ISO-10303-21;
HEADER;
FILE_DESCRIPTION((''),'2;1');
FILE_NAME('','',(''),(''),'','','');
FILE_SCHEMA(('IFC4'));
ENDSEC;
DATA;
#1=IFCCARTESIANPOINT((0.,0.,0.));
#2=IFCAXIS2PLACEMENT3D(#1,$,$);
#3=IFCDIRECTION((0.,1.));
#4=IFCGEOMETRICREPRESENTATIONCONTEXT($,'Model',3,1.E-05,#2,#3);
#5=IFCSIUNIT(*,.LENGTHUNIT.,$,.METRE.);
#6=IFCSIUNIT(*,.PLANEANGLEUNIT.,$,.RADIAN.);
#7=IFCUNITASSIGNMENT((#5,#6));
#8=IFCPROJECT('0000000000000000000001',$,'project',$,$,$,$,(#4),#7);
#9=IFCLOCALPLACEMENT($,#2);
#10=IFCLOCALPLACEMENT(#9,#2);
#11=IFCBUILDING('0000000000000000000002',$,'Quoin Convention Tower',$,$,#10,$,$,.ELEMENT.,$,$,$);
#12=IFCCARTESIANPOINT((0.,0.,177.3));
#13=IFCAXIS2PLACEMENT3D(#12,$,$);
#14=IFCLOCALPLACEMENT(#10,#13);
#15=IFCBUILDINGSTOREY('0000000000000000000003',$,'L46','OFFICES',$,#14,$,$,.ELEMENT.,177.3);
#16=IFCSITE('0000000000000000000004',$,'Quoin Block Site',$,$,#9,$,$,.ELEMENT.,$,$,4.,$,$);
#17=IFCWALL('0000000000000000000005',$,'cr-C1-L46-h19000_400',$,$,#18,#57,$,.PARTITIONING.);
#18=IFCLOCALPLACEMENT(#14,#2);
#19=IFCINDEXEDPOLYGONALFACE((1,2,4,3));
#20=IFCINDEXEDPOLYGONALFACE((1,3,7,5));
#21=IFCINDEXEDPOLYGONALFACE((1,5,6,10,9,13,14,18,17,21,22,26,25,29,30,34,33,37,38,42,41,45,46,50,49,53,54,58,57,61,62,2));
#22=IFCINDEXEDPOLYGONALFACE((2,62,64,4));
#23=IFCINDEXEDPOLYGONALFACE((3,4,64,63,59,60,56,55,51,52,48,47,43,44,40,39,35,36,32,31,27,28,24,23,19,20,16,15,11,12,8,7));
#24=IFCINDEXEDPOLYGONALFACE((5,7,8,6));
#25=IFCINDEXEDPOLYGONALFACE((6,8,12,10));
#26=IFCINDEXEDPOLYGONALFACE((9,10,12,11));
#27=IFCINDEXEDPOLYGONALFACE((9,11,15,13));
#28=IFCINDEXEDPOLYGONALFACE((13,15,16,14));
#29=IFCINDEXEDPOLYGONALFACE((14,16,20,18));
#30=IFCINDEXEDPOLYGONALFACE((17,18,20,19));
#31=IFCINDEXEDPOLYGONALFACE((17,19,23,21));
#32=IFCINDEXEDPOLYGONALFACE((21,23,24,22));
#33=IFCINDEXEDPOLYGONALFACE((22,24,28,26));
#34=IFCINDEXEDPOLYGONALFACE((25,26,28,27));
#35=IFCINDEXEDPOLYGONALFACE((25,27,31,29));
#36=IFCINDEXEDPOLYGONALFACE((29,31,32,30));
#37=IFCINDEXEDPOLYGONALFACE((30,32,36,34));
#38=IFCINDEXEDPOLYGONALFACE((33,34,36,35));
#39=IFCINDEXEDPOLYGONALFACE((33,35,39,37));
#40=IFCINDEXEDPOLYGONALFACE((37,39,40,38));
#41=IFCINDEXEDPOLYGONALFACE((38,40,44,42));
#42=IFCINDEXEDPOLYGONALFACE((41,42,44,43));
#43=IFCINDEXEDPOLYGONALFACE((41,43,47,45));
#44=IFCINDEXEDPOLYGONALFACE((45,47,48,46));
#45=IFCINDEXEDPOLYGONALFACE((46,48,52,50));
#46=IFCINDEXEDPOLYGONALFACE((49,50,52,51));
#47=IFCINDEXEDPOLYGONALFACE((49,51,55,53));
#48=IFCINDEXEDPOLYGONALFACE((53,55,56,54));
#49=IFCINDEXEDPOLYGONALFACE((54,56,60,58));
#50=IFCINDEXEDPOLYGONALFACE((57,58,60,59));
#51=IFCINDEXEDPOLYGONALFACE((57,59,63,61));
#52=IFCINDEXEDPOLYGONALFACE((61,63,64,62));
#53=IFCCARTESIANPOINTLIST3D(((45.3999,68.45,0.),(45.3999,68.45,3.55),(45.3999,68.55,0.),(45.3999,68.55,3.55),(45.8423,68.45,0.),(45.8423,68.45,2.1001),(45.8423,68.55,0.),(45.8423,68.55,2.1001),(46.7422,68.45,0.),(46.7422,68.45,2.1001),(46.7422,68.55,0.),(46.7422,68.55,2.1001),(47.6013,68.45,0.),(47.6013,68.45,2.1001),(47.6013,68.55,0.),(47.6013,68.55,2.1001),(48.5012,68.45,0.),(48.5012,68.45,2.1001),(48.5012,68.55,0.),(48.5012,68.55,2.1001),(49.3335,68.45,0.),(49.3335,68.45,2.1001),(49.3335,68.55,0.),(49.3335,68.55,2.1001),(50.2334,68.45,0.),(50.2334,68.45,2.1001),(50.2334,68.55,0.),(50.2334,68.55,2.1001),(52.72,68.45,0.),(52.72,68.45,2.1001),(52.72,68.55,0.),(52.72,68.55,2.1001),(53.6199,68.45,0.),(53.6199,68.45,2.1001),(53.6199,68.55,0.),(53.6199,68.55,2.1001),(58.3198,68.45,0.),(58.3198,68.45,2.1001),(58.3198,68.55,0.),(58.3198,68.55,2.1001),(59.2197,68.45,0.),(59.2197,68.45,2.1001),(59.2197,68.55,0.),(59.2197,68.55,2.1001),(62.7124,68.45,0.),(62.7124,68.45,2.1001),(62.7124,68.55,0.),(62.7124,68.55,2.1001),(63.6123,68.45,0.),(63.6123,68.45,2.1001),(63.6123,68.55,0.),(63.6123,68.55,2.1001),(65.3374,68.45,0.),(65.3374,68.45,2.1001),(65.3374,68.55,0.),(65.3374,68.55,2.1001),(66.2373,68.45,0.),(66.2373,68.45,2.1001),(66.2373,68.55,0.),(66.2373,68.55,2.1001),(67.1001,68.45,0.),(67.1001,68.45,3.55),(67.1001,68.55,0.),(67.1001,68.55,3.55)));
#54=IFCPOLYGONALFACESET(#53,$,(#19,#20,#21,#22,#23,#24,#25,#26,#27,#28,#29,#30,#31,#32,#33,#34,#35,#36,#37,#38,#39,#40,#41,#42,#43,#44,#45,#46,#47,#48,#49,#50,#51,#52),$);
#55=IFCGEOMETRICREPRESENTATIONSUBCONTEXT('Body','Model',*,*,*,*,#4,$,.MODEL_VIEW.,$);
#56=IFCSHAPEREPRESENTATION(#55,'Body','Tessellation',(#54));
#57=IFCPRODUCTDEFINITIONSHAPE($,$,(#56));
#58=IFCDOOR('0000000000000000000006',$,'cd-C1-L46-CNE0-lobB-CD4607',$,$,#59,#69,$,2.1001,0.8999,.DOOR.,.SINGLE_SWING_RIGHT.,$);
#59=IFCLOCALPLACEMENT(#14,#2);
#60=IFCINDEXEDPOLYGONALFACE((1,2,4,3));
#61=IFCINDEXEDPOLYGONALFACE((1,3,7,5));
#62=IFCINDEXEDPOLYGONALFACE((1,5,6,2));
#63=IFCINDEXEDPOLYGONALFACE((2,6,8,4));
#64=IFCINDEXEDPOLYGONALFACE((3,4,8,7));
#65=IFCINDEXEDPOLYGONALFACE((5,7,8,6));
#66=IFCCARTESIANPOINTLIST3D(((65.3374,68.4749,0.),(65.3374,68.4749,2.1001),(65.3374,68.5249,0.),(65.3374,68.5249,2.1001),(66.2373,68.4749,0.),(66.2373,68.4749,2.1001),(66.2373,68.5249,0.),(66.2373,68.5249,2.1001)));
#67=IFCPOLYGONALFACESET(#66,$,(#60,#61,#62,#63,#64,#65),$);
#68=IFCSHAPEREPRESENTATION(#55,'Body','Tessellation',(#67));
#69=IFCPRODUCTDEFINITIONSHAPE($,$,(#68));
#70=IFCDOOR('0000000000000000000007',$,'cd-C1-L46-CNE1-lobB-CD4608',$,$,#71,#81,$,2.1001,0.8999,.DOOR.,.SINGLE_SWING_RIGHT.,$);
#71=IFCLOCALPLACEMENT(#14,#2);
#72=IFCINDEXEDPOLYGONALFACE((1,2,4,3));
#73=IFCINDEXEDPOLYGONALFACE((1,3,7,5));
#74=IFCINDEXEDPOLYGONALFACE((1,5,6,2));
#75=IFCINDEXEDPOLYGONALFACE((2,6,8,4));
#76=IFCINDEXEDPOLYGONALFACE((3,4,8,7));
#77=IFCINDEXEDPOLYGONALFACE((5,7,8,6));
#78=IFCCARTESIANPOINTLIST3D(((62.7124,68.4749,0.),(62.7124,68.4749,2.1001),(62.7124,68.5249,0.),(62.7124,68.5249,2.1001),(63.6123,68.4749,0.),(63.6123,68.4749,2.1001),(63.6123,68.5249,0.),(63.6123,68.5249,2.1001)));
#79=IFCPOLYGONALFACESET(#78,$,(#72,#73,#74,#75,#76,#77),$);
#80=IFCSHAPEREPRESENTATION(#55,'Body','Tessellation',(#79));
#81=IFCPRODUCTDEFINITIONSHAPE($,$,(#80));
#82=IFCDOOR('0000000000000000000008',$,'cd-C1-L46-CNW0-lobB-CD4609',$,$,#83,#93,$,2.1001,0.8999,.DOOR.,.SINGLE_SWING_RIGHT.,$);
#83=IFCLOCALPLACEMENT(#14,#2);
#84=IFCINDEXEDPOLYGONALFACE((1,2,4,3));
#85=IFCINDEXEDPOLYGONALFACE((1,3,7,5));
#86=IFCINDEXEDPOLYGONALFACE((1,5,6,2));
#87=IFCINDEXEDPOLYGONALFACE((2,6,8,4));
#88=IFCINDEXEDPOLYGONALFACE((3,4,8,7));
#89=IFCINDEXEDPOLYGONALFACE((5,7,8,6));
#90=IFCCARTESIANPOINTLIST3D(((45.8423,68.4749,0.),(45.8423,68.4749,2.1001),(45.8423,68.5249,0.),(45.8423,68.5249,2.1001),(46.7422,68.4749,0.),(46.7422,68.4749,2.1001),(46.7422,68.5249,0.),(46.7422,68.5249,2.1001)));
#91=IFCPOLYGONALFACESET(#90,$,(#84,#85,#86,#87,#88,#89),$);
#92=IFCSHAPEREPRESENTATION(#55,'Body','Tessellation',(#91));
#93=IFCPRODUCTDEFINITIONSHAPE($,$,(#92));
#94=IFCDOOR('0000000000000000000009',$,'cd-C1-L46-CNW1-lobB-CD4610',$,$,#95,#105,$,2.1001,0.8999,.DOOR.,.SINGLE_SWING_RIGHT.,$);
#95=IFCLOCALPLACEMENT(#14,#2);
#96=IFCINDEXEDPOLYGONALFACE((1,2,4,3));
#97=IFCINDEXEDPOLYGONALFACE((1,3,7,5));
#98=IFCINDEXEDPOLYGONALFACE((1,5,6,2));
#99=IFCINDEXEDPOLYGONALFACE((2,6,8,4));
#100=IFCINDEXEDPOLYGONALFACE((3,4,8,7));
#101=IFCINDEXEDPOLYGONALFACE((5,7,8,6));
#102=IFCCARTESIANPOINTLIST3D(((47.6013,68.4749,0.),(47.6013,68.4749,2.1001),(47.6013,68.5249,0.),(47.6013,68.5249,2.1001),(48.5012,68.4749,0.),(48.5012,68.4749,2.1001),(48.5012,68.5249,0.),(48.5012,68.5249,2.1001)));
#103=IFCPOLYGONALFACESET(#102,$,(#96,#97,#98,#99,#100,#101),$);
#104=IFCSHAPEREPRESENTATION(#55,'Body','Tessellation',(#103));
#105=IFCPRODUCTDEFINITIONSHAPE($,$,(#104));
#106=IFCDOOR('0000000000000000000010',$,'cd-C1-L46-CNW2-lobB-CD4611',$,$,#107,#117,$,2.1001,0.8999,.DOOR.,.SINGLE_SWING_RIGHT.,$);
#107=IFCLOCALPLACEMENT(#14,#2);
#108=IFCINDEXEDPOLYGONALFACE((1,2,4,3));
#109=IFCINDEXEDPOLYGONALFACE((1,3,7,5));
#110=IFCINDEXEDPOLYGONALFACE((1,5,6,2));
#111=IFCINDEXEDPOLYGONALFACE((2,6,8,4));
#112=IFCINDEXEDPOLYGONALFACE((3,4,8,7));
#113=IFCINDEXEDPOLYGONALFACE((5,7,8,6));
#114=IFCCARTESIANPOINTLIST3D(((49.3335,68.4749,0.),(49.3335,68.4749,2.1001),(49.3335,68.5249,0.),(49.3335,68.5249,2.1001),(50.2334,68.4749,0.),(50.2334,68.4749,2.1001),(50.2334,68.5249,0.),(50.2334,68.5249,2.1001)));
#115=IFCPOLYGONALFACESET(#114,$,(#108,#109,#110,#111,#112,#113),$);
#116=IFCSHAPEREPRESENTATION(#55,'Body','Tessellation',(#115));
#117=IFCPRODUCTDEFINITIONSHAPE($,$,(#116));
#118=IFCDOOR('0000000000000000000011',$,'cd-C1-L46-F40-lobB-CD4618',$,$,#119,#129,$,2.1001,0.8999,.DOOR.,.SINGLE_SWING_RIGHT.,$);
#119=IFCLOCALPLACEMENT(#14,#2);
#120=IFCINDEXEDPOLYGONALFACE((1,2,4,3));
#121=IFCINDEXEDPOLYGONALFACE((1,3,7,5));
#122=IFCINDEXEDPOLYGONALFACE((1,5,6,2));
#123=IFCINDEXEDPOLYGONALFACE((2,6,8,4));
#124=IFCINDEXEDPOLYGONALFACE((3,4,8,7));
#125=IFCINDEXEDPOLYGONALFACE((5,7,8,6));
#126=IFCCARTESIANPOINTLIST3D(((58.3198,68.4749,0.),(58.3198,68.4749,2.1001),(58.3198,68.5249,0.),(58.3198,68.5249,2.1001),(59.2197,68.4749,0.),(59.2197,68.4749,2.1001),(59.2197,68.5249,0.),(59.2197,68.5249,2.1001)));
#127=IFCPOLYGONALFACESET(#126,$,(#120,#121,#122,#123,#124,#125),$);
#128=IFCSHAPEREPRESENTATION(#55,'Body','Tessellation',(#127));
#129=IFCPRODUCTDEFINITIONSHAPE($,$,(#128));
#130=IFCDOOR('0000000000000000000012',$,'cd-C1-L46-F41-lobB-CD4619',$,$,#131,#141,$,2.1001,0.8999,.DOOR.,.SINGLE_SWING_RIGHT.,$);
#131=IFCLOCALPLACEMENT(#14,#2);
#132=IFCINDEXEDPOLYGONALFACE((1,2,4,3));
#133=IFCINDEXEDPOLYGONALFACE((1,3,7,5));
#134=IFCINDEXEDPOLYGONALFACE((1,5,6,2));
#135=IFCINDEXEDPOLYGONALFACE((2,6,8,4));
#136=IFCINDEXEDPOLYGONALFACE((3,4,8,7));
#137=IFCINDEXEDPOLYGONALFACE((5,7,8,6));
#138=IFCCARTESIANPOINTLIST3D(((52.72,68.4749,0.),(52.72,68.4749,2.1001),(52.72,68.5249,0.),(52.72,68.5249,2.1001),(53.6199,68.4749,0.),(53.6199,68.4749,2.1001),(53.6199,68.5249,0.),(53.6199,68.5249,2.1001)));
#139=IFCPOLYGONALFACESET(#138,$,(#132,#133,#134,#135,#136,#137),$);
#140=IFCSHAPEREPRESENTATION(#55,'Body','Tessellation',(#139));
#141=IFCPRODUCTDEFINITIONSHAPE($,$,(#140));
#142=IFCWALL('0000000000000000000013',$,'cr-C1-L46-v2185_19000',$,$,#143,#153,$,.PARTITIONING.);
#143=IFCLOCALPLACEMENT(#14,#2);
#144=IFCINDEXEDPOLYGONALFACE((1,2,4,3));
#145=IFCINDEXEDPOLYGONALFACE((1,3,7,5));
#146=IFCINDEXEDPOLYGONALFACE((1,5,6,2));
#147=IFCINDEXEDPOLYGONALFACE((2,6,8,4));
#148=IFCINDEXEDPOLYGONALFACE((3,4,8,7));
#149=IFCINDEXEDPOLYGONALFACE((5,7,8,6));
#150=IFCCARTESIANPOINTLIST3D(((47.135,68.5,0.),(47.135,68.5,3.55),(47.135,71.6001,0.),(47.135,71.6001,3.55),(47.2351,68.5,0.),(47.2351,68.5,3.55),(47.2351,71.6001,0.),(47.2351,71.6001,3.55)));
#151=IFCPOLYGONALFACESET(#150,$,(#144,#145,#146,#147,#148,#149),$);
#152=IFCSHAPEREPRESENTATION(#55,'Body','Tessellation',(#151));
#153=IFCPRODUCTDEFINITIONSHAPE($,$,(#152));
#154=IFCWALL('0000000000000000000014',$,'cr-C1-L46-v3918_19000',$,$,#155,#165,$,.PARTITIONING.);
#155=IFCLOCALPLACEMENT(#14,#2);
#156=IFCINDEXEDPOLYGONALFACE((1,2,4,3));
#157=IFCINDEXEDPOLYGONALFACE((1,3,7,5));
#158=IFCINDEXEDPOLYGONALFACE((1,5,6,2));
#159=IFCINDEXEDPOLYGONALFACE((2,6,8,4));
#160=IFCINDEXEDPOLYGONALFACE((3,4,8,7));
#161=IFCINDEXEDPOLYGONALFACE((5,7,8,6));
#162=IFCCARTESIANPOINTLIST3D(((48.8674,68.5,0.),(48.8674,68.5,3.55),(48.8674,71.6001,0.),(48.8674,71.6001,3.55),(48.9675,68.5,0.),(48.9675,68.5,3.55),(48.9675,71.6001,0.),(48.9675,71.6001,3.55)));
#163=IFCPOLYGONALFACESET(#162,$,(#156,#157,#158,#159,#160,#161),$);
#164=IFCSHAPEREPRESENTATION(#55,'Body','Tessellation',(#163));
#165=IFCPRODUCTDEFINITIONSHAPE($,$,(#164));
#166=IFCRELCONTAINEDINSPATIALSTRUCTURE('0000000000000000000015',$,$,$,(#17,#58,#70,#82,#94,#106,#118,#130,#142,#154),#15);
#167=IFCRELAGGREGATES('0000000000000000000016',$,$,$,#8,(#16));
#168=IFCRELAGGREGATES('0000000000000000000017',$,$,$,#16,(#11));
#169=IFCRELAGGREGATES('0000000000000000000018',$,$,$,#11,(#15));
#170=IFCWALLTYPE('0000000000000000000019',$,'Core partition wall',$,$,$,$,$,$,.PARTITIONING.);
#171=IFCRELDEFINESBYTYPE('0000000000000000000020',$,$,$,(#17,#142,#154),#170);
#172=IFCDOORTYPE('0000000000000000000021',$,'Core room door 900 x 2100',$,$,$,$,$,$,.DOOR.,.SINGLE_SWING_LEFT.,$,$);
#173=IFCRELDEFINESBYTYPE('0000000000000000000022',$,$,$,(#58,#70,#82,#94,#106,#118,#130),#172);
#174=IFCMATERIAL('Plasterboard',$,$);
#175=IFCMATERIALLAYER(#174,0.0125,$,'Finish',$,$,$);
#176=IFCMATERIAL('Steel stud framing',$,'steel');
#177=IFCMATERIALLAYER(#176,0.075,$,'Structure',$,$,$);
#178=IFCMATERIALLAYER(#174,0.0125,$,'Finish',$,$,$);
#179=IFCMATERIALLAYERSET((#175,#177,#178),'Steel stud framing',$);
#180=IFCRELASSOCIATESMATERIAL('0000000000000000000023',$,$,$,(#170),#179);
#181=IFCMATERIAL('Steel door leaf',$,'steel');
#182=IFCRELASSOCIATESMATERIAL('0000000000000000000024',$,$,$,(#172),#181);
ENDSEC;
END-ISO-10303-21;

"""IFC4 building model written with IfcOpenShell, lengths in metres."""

from ifc_helpers import new_model, si_unit, direction, frame, frame_2d, origin, place, context, subcontext, project, spatial, rectangle, extrude, material, layer, layer_set, type_object, element, fill, save


model = new_model("IFC4")

# Units and contexts
model_context = context("Model", 3, precision=1e-05, world=origin(), true_north=direction((0.0, 1.0)))
body_context = subcontext(model_context, "Body", "Model", "MODEL_VIEW")
ifc_project = project(units=[si_unit("LENGTHUNIT", "METRE"), si_unit("PLANEANGLEUNIT", "RADIAN")], contexts=[model_context])

# Site, building, storey
site_placement = place(None, origin())
site = spatial("IfcSite", under=ifc_project, at=site_placement, Name="Quoin Block Site", CompositionType="ELEMENT", RefElevation=4.0)
building_placement = place(site_placement, origin())
building = spatial("IfcBuilding", under=site, at=building_placement, Name="Quoin Convention Tower", CompositionType="ELEMENT")
storey_placement = place(building_placement, frame((0.0, 0.0, 177.3)))
storey = spatial("IfcBuildingStorey", under=building, at=storey_placement, Name="L46", Description="OFFICES", CompositionType="ELEMENT", Elevation=177.3)

# Wall, openings, doors
ifc_material_1 = material(Name="Plasterboard")
ifc_layer_1 = layer(ifc_material_1, 0.0125, Name="Finish")
ifc_material_2 = material(Name="Steel stud framing", Category="steel")
ifc_layer_2 = layer(ifc_material_2, 0.075, Name="Structure")
ifc_layer_3 = layer(ifc_material_1, 0.0125, Name="Finish")
ifc_layer_set_1 = layer_set([ifc_layer_1, ifc_layer_2, ifc_layer_3], Name="Steel stud framing")
wall_type_1 = type_object("IfcWallType", Name="Core partition wall", PredefinedType="PARTITIONING", material=ifc_layer_set_1)
wall_1_placement = place(storey_placement, frame((45.3999, 68.5, 0.0), z_axis=(0.0, 0.0, 1.0), x_axis=(1.0, 0.0, 0.0)))
wall_1 = element("IfcWall", 1, at=wall_1_placement, inside=storey, type_object=wall_type_1, Name="cr-C1-L46-h19000_400", PredefinedType="PARTITIONING", context=body_context, shape_type="SweptSolid", body=[
    extrude(rectangle(XDim=21.7002, YDim=0.1001, at=frame_2d((10.8501, 0.0))), origin(), (0.0, 0.0, 1.0), 3.55),
])
opening_1_placement = place(wall_1_placement, frame((19.9375, 0.0, 0.0)))
opening_1 = element("IfcOpeningElement", 2, at=opening_1_placement, cuts=wall_1, PredefinedType="OPENING", context=body_context, shape_type="SweptSolid", body=[
    extrude(rectangle(XDim=0.8999, YDim=2.1001, at=frame_2d((0.45, 1.05))), frame((0.0, 0.0601, 0.0), z_axis=(0.0, -1.0, 0.0), x_axis=(1.0, 0.0, 0.0)), (0.0, 0.0, 1.0), 0.1201),
])
opening_2_placement = place(wall_1_placement, frame((17.3125, 0.0, 0.0)))
opening_2 = element("IfcOpeningElement", 3, at=opening_2_placement, cuts=wall_1, PredefinedType="OPENING", context=body_context, shape_type="SweptSolid", body=[
    extrude(rectangle(XDim=0.8999, YDim=2.1001, at=frame_2d((0.45, 1.05))), frame((0.0, 0.0601, 0.0), z_axis=(0.0, -1.0, 0.0), x_axis=(1.0, 0.0, 0.0)), (0.0, 0.0, 1.0), 0.1201),
])
opening_3_placement = place(wall_1_placement, frame((0.4424, 0.0, 0.0)))
opening_3 = element("IfcOpeningElement", 4, at=opening_3_placement, cuts=wall_1, PredefinedType="OPENING", context=body_context, shape_type="SweptSolid", body=[
    extrude(rectangle(XDim=0.8999, YDim=2.1001, at=frame_2d((0.45, 1.05))), frame((0.0, 0.0601, 0.0), z_axis=(0.0, -1.0, 0.0), x_axis=(1.0, 0.0, 0.0)), (0.0, 0.0, 1.0), 0.1201),
])
opening_4_placement = place(wall_1_placement, frame((2.2014, 0.0, 0.0)))
opening_4 = element("IfcOpeningElement", 5, at=opening_4_placement, cuts=wall_1, PredefinedType="OPENING", context=body_context, shape_type="SweptSolid", body=[
    extrude(rectangle(XDim=0.8999, YDim=2.1001, at=frame_2d((0.45, 1.05))), frame((0.0, 0.0601, 0.0), z_axis=(0.0, -1.0, 0.0), x_axis=(1.0, 0.0, 0.0)), (0.0, 0.0, 1.0), 0.1201),
])
opening_5_placement = place(wall_1_placement, frame((3.9336, 0.0, 0.0)))
opening_5 = element("IfcOpeningElement", 6, at=opening_5_placement, cuts=wall_1, PredefinedType="OPENING", context=body_context, shape_type="SweptSolid", body=[
    extrude(rectangle(XDim=0.8999, YDim=2.1001, at=frame_2d((0.45, 1.05))), frame((0.0, 0.0601, 0.0), z_axis=(0.0, -1.0, 0.0), x_axis=(1.0, 0.0, 0.0)), (0.0, 0.0, 1.0), 0.1201),
])
opening_6_placement = place(wall_1_placement, frame((12.9199, 0.0, 0.0)))
opening_6 = element("IfcOpeningElement", 7, at=opening_6_placement, cuts=wall_1, PredefinedType="OPENING", context=body_context, shape_type="SweptSolid", body=[
    extrude(rectangle(XDim=0.8999, YDim=2.1001, at=frame_2d((0.45, 1.05))), frame((0.0, 0.0601, 0.0), z_axis=(0.0, -1.0, 0.0), x_axis=(1.0, 0.0, 0.0)), (0.0, 0.0, 1.0), 0.1201),
])
opening_7_placement = place(wall_1_placement, frame((7.3201, 0.0, 0.0)))
opening_7 = element("IfcOpeningElement", 8, at=opening_7_placement, cuts=wall_1, PredefinedType="OPENING", context=body_context, shape_type="SweptSolid", body=[
    extrude(rectangle(XDim=0.8999, YDim=2.1001, at=frame_2d((0.45, 1.05))), frame((0.0, 0.0601, 0.0), z_axis=(0.0, -1.0, 0.0), x_axis=(1.0, 0.0, 0.0)), (0.0, 0.0, 1.0), 0.1201),
])
ifc_material_3 = material(Name="Steel door leaf", Category="steel")
door_type_1 = type_object("IfcDoorType", Name="Core room door 900 x 2100", OperationType="SINGLE_SWING_LEFT", PredefinedType="DOOR", material=ifc_material_3)
door_1_placement = place(opening_1_placement, origin())
door_1 = element("IfcDoor", 9, at=door_1_placement, inside=storey, type_object=door_type_1, Name="cd-C1-L46-CNE0-lobB-CD4607", OperationType="SINGLE_SWING_RIGHT", OverallHeight=2.1001, OverallWidth=0.8999, PredefinedType="DOOR", context=body_context, shape_type="SweptSolid", body=[
    extrude(rectangle(XDim=0.8999, YDim=2.1001, at=frame_2d((0.45, 1.05))), frame((0.0, 0.0249, 0.0), z_axis=(0.0, -1.0, 0.0), x_axis=(1.0, 0.0, 0.0)), (0.0, 0.0, 1.0), 0.05),
])
fill(opening_1, door_1)
door_2_placement = place(opening_2_placement, origin())
door_2 = element("IfcDoor", 10, at=door_2_placement, inside=storey, type_object=door_type_1, Name="cd-C1-L46-CNE1-lobB-CD4608", OperationType="SINGLE_SWING_RIGHT", OverallHeight=2.1001, OverallWidth=0.8999, PredefinedType="DOOR", context=body_context, shape_type="SweptSolid", body=[
    extrude(rectangle(XDim=0.8999, YDim=2.1001, at=frame_2d((0.45, 1.05))), frame((0.0, 0.0249, 0.0), z_axis=(0.0, -1.0, 0.0), x_axis=(1.0, 0.0, 0.0)), (0.0, 0.0, 1.0), 0.05),
])
fill(opening_2, door_2)
door_3_placement = place(opening_3_placement, origin())
door_3 = element("IfcDoor", 11, at=door_3_placement, inside=storey, type_object=door_type_1, Name="cd-C1-L46-CNW0-lobB-CD4609", OperationType="SINGLE_SWING_RIGHT", OverallHeight=2.1001, OverallWidth=0.8999, PredefinedType="DOOR", context=body_context, shape_type="SweptSolid", body=[
    extrude(rectangle(XDim=0.8999, YDim=2.1001, at=frame_2d((0.45, 1.05))), frame((0.0, 0.0249, 0.0), z_axis=(0.0, -1.0, 0.0), x_axis=(1.0, 0.0, 0.0)), (0.0, 0.0, 1.0), 0.05),
])
fill(opening_3, door_3)
door_4_placement = place(opening_4_placement, origin())
door_4 = element("IfcDoor", 12, at=door_4_placement, inside=storey, type_object=door_type_1, Name="cd-C1-L46-CNW1-lobB-CD4610", OperationType="SINGLE_SWING_RIGHT", OverallHeight=2.1001, OverallWidth=0.8999, PredefinedType="DOOR", context=body_context, shape_type="SweptSolid", body=[
    extrude(rectangle(XDim=0.8999, YDim=2.1001, at=frame_2d((0.45, 1.05))), frame((0.0, 0.0249, 0.0), z_axis=(0.0, -1.0, 0.0), x_axis=(1.0, 0.0, 0.0)), (0.0, 0.0, 1.0), 0.05),
])
fill(opening_4, door_4)
door_5_placement = place(opening_5_placement, origin())
door_5 = element("IfcDoor", 13, at=door_5_placement, inside=storey, type_object=door_type_1, Name="cd-C1-L46-CNW2-lobB-CD4611", OperationType="SINGLE_SWING_RIGHT", OverallHeight=2.1001, OverallWidth=0.8999, PredefinedType="DOOR", context=body_context, shape_type="SweptSolid", body=[
    extrude(rectangle(XDim=0.8999, YDim=2.1001, at=frame_2d((0.45, 1.05))), frame((0.0, 0.0249, 0.0), z_axis=(0.0, -1.0, 0.0), x_axis=(1.0, 0.0, 0.0)), (0.0, 0.0, 1.0), 0.05),
])
fill(opening_5, door_5)
door_6_placement = place(opening_6_placement, origin())
door_6 = element("IfcDoor", 14, at=door_6_placement, inside=storey, type_object=door_type_1, Name="cd-C1-L46-F40-lobB-CD4618", OperationType="SINGLE_SWING_RIGHT", OverallHeight=2.1001, OverallWidth=0.8999, PredefinedType="DOOR", context=body_context, shape_type="SweptSolid", body=[
    extrude(rectangle(XDim=0.8999, YDim=2.1001, at=frame_2d((0.45, 1.05))), frame((0.0, 0.0249, 0.0), z_axis=(0.0, -1.0, 0.0), x_axis=(1.0, 0.0, 0.0)), (0.0, 0.0, 1.0), 0.05),
])
fill(opening_6, door_6)
door_7_placement = place(opening_7_placement, origin())
door_7 = element("IfcDoor", 15, at=door_7_placement, inside=storey, type_object=door_type_1, Name="cd-C1-L46-F41-lobB-CD4619", OperationType="SINGLE_SWING_RIGHT", OverallHeight=2.1001, OverallWidth=0.8999, PredefinedType="DOOR", context=body_context, shape_type="SweptSolid", body=[
    extrude(rectangle(XDim=0.8999, YDim=2.1001, at=frame_2d((0.45, 1.05))), frame((0.0, 0.0249, 0.0), z_axis=(0.0, -1.0, 0.0), x_axis=(1.0, 0.0, 0.0)), (0.0, 0.0, 1.0), 0.05),
])
fill(opening_7, door_7)

# Walls
for number, where, z_axis, x_axis, name in (
    (16, (47.1851, 68.5, 0.0), (0.0, 0.0, 1.0), (0.0, 1.0, 0.0), "cr-C1-L46-v2185_19000"),
    (17, (48.9175, 68.5, 0.0), (0.0, 0.0, 1.0), (0.0, 1.0, 0.0), "cr-C1-L46-v3918_19000"),
):
    element("IfcWall", number, at=place(storey_placement, frame(where, z_axis=z_axis, x_axis=x_axis)), inside=storey, type_object=wall_type_1, Name=name, PredefinedType="PARTITIONING", context=body_context, shape_type="SweptSolid", body=[
        extrude(rectangle(XDim=3.1001, YDim=0.1001, at=frame_2d((1.55, 0.0))), origin(), (0.0, 0.0, 1.0), 3.55),
    ])

save(model, "model.ifc")
